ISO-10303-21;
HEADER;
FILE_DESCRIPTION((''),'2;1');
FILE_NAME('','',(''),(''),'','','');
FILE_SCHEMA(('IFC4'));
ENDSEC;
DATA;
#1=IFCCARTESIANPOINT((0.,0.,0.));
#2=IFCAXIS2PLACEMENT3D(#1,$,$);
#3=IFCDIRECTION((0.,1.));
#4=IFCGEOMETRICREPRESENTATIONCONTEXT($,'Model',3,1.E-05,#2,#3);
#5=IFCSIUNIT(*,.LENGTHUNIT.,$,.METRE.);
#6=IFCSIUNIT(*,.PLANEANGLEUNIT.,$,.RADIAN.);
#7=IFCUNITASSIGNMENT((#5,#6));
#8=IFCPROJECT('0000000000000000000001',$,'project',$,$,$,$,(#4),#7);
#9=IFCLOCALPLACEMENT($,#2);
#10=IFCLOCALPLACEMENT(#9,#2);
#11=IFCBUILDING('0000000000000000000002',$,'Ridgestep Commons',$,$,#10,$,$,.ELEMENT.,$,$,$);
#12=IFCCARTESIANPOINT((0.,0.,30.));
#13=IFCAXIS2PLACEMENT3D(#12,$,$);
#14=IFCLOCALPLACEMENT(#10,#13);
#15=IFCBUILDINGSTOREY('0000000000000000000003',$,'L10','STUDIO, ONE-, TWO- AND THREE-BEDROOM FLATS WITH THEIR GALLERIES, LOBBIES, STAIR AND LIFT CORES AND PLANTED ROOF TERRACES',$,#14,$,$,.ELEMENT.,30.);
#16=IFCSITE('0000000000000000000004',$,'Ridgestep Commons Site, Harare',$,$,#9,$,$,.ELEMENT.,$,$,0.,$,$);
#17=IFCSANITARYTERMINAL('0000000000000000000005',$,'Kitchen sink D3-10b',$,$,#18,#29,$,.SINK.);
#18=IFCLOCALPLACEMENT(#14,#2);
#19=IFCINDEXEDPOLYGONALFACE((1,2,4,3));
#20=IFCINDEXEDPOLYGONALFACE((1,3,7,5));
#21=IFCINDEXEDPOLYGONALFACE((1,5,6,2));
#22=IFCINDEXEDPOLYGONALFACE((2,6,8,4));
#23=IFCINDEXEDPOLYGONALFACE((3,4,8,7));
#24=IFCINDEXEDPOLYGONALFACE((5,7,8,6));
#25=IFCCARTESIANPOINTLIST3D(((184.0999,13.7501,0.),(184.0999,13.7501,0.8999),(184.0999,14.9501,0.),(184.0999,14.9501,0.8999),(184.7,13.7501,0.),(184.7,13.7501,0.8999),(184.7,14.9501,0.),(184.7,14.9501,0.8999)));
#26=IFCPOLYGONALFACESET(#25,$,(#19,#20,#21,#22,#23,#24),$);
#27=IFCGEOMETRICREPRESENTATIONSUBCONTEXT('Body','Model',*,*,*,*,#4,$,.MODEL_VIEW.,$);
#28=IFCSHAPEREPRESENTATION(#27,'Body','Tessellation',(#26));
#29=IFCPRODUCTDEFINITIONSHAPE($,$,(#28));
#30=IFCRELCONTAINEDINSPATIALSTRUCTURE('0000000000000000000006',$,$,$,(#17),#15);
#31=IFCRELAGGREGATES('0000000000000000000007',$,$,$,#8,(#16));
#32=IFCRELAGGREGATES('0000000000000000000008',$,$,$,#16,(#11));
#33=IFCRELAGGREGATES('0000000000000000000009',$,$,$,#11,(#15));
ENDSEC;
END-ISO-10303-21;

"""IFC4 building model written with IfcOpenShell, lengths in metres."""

from ifc_helpers import new_model, si_unit, direction, frame, origin, origin_2d, place, context, subcontext, project, spatial, rectangle, extrude, element, save


model = new_model("IFC4")

# Units and contexts
model_context = context("Model", 3, precision=1e-05, world=origin(), true_north=direction((0.0, 1.0)))
body_context = subcontext(model_context, "Body", "Model", "MODEL_VIEW")
ifc_project = project(units=[si_unit("LENGTHUNIT", "METRE"), si_unit("PLANEANGLEUNIT", "RADIAN")], contexts=[model_context])

# Site, building, storey
site_placement = place(None, origin())
site = spatial("IfcSite", under=ifc_project, at=site_placement, Name="Ridgestep Commons Site, Harare", CompositionType="ELEMENT", RefElevation=0.0)
building_placement = place(site_placement, origin())
building = spatial("IfcBuilding", under=site, at=building_placement, Name="Ridgestep Commons", CompositionType="ELEMENT")
storey_placement = place(building_placement, frame((0.0, 0.0, 30.0)))
storey = spatial("IfcBuildingStorey", under=building, at=storey_placement, Name="L10", Description="STUDIO, ONE-, TWO- AND THREE-BEDROOM FLATS WITH THEIR GALLERIES, LOBBIES, STAIR AND LIFT CORES AND PLANTED ROOF TERRACES", CompositionType="ELEMENT", Elevation=30.0)

# Sanitary terminal
sanitary_terminal_1_placement = place(storey_placement, frame((184.3999, 14.3501, 0.0), z_axis=(0.0, 0.0, 1.0), x_axis=(1.0, 0.0, 0.0)))
element("IfcSanitaryTerminal", 1, at=sanitary_terminal_1_placement, inside=storey, Name="Kitchen sink D3-10b", PredefinedType="SINK", context=body_context, shape_type="SweptSolid", body=[
    extrude(rectangle(XDim=0.6001, YDim=1.2, at=origin_2d()), origin(), (0.0, 0.0, 1.0), 0.8999),
])

save(model, "model.ifc")
